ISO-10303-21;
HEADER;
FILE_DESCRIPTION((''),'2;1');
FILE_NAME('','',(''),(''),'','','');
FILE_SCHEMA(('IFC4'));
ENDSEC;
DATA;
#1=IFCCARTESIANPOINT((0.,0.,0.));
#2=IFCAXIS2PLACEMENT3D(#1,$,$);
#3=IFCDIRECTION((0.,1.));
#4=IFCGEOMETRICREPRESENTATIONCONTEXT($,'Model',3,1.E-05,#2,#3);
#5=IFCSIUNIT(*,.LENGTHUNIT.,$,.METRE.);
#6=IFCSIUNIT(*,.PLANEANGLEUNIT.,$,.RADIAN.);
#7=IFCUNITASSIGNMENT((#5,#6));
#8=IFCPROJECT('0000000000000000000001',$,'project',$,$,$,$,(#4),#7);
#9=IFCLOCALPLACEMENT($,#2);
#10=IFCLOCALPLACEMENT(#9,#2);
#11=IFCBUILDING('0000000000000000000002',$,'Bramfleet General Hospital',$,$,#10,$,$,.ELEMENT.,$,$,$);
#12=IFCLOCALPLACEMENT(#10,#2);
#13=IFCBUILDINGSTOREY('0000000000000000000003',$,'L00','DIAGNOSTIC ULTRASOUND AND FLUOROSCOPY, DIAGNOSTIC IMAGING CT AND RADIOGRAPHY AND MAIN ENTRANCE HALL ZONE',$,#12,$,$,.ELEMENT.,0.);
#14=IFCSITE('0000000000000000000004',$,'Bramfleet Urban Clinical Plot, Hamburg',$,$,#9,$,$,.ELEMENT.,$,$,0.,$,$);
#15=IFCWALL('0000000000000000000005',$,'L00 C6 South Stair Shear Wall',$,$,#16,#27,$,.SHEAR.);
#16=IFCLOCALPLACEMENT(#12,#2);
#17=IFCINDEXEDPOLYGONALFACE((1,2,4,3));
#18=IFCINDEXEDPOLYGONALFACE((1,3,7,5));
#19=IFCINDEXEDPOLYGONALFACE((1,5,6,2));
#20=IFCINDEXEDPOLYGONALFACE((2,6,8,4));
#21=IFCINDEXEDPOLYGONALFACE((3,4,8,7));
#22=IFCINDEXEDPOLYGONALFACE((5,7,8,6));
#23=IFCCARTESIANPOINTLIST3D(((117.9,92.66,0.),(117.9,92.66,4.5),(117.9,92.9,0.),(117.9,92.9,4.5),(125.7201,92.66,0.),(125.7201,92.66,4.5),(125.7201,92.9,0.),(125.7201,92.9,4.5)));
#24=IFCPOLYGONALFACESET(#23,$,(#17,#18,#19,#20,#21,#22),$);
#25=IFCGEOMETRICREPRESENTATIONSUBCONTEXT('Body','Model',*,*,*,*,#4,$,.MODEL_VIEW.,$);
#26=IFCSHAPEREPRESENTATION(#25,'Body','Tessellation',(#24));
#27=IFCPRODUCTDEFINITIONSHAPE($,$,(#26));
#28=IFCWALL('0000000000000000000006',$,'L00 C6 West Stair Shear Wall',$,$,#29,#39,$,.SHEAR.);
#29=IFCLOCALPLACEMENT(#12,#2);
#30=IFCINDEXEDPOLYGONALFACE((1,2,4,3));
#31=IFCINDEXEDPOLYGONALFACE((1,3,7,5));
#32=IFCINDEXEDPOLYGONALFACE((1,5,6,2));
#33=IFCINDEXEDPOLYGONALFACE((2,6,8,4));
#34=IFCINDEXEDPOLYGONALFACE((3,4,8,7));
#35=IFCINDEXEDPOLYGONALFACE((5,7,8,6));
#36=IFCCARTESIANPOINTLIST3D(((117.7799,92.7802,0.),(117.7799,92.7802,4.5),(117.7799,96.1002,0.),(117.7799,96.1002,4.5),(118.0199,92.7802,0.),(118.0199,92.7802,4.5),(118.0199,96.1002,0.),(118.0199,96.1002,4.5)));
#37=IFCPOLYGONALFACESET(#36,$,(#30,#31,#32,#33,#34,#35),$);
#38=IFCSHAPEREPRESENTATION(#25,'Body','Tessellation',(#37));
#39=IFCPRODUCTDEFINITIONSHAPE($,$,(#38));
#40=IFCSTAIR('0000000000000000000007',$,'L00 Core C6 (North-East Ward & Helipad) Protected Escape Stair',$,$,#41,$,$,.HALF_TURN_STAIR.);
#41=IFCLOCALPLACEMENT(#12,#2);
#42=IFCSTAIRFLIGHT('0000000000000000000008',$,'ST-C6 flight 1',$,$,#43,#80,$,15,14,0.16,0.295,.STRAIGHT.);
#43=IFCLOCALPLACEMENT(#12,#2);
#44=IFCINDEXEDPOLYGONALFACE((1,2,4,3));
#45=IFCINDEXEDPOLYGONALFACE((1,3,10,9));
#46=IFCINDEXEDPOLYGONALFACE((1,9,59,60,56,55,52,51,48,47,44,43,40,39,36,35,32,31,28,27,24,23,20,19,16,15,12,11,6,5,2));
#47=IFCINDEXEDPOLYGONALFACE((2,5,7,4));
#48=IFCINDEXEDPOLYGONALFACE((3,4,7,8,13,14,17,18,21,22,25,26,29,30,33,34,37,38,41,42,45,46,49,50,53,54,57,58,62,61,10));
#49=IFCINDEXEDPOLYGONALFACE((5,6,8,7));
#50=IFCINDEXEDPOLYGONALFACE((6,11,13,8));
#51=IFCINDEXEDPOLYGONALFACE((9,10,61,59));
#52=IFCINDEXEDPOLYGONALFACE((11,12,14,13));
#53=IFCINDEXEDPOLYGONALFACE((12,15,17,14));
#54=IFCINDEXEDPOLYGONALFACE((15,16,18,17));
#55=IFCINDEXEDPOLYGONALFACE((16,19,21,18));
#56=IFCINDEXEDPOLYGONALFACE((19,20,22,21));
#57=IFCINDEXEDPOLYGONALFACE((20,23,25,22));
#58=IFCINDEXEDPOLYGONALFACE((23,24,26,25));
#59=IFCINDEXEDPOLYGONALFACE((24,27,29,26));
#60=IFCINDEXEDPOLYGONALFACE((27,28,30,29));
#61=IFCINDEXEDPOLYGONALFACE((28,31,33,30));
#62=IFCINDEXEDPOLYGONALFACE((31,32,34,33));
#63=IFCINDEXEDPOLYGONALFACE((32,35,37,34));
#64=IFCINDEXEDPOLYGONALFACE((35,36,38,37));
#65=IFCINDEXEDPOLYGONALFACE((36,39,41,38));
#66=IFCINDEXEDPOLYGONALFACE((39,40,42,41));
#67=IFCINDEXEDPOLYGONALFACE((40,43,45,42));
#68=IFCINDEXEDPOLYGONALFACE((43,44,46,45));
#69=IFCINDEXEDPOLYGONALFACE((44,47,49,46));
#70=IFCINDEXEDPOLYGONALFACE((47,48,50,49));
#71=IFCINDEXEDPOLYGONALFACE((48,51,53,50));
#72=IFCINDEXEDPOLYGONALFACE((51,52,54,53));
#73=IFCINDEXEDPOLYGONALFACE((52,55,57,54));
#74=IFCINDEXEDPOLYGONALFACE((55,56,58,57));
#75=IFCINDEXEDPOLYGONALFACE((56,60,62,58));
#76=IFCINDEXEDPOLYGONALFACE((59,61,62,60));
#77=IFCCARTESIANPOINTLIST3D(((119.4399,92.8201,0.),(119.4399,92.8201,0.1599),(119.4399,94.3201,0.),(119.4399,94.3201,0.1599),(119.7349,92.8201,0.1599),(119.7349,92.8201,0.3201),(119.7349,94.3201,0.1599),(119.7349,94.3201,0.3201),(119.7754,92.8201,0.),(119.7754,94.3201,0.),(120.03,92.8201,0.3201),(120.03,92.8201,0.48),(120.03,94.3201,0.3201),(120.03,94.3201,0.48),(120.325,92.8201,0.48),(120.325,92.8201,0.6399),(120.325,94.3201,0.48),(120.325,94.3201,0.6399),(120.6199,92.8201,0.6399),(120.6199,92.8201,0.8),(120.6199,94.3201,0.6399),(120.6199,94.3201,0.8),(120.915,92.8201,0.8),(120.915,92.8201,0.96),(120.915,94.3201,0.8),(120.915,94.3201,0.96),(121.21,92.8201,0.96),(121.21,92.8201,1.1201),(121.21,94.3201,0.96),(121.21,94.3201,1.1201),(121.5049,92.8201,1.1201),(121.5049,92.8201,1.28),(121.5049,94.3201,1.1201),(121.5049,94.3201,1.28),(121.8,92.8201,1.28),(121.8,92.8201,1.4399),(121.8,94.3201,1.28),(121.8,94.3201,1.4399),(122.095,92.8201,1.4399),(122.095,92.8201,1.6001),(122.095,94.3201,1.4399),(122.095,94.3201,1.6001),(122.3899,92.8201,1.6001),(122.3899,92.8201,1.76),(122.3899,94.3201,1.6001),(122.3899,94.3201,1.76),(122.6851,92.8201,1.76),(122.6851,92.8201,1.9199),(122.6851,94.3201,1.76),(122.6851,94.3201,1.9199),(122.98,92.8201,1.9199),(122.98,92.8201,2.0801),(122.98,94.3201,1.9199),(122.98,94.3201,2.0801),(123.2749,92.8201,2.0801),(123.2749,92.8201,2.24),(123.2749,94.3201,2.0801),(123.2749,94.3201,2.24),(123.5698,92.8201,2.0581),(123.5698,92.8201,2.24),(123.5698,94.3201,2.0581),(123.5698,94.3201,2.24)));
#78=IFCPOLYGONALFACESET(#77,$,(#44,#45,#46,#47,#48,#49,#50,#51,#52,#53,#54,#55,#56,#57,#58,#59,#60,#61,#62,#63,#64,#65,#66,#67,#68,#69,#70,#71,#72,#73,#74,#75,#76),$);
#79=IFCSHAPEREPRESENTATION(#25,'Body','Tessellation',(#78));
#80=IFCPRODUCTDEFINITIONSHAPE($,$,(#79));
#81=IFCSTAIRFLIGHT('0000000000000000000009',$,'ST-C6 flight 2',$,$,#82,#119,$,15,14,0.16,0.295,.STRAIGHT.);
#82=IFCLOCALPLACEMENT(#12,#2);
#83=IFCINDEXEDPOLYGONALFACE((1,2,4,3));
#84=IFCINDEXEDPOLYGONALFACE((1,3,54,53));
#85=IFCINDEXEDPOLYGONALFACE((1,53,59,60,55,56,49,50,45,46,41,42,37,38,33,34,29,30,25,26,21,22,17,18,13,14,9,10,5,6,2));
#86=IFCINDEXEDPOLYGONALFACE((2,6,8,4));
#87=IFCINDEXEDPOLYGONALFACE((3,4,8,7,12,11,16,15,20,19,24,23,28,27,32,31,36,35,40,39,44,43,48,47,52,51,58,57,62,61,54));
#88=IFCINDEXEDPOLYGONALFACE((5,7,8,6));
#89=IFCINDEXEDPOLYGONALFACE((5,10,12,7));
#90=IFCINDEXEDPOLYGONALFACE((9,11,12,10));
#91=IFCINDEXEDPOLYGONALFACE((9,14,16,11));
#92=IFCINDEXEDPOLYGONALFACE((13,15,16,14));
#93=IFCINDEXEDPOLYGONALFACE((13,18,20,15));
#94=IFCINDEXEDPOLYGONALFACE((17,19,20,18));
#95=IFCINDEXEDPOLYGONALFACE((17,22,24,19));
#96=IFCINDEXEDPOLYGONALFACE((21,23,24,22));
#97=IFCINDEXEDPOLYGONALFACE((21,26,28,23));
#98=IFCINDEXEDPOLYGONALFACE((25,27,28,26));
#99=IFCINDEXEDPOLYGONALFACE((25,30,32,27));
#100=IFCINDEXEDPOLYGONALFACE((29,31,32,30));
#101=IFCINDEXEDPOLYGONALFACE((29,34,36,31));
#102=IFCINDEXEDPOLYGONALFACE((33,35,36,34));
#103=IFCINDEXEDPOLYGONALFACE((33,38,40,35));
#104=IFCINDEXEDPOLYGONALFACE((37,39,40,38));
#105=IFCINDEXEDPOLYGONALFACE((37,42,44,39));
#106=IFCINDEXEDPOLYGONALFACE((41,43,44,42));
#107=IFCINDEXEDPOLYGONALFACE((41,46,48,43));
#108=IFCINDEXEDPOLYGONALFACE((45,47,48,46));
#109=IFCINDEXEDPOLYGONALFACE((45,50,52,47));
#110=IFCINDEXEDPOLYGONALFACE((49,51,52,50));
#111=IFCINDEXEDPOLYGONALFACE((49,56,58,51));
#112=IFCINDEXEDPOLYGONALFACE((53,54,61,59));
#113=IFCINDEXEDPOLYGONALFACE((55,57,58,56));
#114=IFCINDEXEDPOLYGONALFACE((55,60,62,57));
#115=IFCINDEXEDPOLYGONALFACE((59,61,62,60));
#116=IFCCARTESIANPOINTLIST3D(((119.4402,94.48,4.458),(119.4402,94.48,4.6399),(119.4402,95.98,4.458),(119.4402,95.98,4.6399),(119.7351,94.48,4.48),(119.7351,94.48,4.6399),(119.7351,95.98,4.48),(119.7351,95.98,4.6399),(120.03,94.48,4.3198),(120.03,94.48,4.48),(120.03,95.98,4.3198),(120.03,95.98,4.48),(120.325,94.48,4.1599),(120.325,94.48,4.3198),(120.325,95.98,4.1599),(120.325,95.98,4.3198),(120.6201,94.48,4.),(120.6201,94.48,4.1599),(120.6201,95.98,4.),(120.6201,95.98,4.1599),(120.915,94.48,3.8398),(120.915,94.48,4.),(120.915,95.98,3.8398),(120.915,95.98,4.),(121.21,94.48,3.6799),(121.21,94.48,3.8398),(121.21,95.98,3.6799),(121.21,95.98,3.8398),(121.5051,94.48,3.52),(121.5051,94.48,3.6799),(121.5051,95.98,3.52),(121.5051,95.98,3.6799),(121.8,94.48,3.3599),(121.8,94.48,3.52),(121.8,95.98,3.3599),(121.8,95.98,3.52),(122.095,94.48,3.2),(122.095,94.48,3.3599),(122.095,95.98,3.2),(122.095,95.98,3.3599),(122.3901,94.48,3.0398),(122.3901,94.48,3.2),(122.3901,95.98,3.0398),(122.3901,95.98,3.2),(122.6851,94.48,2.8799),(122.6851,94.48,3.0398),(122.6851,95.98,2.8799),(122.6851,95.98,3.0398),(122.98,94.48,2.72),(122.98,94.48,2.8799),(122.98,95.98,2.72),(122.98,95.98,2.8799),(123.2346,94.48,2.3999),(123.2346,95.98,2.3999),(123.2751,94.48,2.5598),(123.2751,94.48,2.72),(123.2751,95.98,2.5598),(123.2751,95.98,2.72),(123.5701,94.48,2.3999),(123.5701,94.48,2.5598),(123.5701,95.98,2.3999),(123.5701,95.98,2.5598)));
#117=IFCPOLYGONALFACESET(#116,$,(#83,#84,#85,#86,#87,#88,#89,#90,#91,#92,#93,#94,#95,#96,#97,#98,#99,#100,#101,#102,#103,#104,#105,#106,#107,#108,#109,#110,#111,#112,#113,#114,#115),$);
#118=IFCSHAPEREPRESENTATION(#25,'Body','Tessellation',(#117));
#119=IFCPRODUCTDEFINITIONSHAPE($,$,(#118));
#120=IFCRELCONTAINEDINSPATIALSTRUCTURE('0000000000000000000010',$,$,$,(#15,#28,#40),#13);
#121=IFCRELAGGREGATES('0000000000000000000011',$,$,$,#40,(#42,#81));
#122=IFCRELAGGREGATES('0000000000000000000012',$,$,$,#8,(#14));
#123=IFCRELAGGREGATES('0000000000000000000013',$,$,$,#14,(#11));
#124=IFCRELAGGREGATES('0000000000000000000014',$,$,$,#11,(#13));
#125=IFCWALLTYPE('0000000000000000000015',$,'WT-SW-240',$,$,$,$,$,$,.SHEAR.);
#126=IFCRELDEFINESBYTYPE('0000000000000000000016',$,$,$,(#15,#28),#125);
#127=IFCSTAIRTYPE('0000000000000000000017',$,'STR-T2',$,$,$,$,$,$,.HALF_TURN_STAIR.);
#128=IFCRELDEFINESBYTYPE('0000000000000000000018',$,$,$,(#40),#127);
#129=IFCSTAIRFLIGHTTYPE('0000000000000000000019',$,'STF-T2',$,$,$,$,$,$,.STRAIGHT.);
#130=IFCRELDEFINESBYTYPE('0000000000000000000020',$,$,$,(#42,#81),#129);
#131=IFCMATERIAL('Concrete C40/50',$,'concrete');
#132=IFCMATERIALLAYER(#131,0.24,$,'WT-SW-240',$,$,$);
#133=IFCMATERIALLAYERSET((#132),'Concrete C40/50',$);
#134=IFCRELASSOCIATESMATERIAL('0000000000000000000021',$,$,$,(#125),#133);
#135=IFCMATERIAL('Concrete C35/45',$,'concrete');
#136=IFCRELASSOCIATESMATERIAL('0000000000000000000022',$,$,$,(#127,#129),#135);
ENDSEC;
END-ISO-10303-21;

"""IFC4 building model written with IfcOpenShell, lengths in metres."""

from ifc_helpers import new_model, si_unit, direction, frame, frame_2d, origin, place, context, subcontext, project, spatial, polyline, rectangle, outline, extrude, material, layer, layer_set, type_object, element, aggregate, save


model = new_model("IFC4")

# Units and contexts
model_context = context("Model", 3, precision=1e-05, world=origin(), true_north=direction((0.0, 1.0)))
body_context = subcontext(model_context, "Body", "Model", "MODEL_VIEW")
ifc_project = project(units=[si_unit("LENGTHUNIT", "METRE"), si_unit("PLANEANGLEUNIT", "RADIAN")], contexts=[model_context])

# Site, building, storey
site_placement = place(None, origin())
site = spatial("IfcSite", under=ifc_project, at=site_placement, Name="Bramfleet Urban Clinical Plot, Hamburg", CompositionType="ELEMENT", RefElevation=0.0)
building_placement = place(site_placement, origin())
building = spatial("IfcBuilding", under=site, at=building_placement, Name="Bramfleet General Hospital", CompositionType="ELEMENT")
storey_placement = place(building_placement, origin())
storey = spatial("IfcBuildingStorey", under=building, at=storey_placement, Name="L00", Description="DIAGNOSTIC ULTRASOUND AND FLUOROSCOPY, DIAGNOSTIC IMAGING CT AND RADIOGRAPHY AND MAIN ENTRANCE HALL ZONE", CompositionType="ELEMENT", Elevation=0.0)

# Shared definitions
ifc_material_1 = material(Name="Concrete C40/50", Category="concrete")

# Shared definitions
ifc_material_2 = material(Name="Concrete C35/45", Category="concrete")

# Walls
ifc_layer_1 = layer(ifc_material_1, 0.24, Name="WT-SW-240")
ifc_layer_set_1 = layer_set([ifc_layer_1], Name="Concrete C40/50")
wall_type_1 = type_object("IfcWallType", Name="WT-SW-240", PredefinedType="SHEAR", material=ifc_layer_set_1)
wall_1_placement = place(storey_placement, frame((117.8999, 92.78, 0.0), z_axis=(0.0, 0.0, 1.0), x_axis=(1.0, 0.0, 0.0)))
element("IfcWall", 1, at=wall_1_placement, inside=storey, type_object=wall_type_1, Name="L00 C6 South Stair Shear Wall", PredefinedType="SHEAR", context=body_context, shape_type="SweptSolid", body=[
    extrude(rectangle(XDim=7.8201, YDim=0.24, at=frame_2d((3.9102, 0.0))), origin(), (0.0, 0.0, 1.0), 4.5),
])
wall_2_placement = place(storey_placement, frame((117.8999, 92.78, 0.0), z_axis=(0.0, 0.0, 1.0), x_axis=(0.0, 1.0, 0.0)))
element("IfcWall", 2, at=wall_2_placement, inside=storey, type_object=wall_type_1, Name="L00 C6 West Stair Shear Wall", PredefinedType="SHEAR", context=body_context, shape_type="SweptSolid", body=[
    extrude(rectangle(XDim=3.3201, YDim=0.24, at=frame_2d((1.6602, 0.0))), origin(), (0.0, 0.0, 1.0), 4.5),
])

# Stair, stair flights
stair_type = type_object("IfcStairType", Name="STR-T2", PredefinedType="HALF_TURN_STAIR", material=ifc_material_2)
stair_placement = place(storey_placement, origin())
stair = element("IfcStair", 3, at=stair_placement, inside=storey, type_object=stair_type, Name="L00 Core C6 (North-East Ward & Helipad) Protected Escape Stair", PredefinedType="HALF_TURN_STAIR")
stair_flight_type = type_object("IfcStairFlightType", Name="STF-T2", PredefinedType="STRAIGHT", material=ifc_material_2)
stair_flight_1_placement = place(storey_placement, frame((119.4399, 93.5701, 0.0), z_axis=(0.0, 0.0, 1.0), x_axis=(1.0, 0.0, 0.0)))
stair_flight_1 = element("IfcStairFlight", 4, at=stair_flight_1_placement, type_object=stair_flight_type, Name="ST-C6 flight 1", NumberOfRisers=15, NumberOfTreads=14, PredefinedType="STRAIGHT", RiserHeight=0.16, TreadLength=0.295, context=body_context, shape_type="SweptSolid", body=[
    extrude(outline(polyline([(0.0, 0.0), (0.0, 0.1599), (0.2949, 0.1599), (0.2949, 0.3201), (0.5901, 0.3201), (0.5901, 0.48), (0.885, 0.48), (0.885, 0.6399), (1.1799, 0.6399), (1.1799, 0.8), (1.4751, 0.8), (1.4751, 0.96), (1.77, 0.96), (1.77, 1.1201), (2.0649, 1.1201), (2.0649, 1.28), (2.3601, 1.28), (2.3601, 1.4399), (2.655, 1.4399), (2.655, 1.6001), (2.95, 1.6001), (2.95, 1.76), (3.2451, 1.76), (3.2451, 1.9199), (3.54, 1.9199), (3.54, 2.0801), (3.835, 2.0801), (3.835, 2.24), (4.1299, 2.24), (4.1299, 2.3999), (4.1299, 2.0581), (0.3354, 0.0), (0.0, 0.0)])), frame((0.0, 0.75, 0.0), z_axis=(0.0, -1.0, 0.0), x_axis=(1.0, 0.0, 0.0)), (0.0, 0.0, 1.0), 1.5),
])
stair_flight_2_placement = place(storey_placement, frame((123.5701, 95.23, 2.3999), z_axis=(0.0, 0.0, 1.0), x_axis=(-1.0, 0.0, 0.0)))
stair_flight_2 = element("IfcStairFlight", 5, at=stair_flight_2_placement, type_object=stair_flight_type, Name="ST-C6 flight 2", NumberOfRisers=15, NumberOfTreads=14, PredefinedType="STRAIGHT", RiserHeight=0.16, TreadLength=0.295, context=body_context, shape_type="SweptSolid", body=[
    extrude(outline(polyline([(0.0, 0.0), (0.0, 0.1599), (0.2949, 0.1599), (0.2949, 0.3201), (0.5901, 0.3201), (0.5901, 0.48), (0.885, 0.48), (0.885, 0.6399), (1.1799, 0.6399), (1.1799, 0.8), (1.4751, 0.8), (1.4751, 0.96), (1.77, 0.96), (1.77, 1.1201), (2.0649, 1.1201), (2.0649, 1.28), (2.3601, 1.28), (2.3601, 1.4399), (2.655, 1.4399), (2.655, 1.6001), (2.95, 1.6001), (2.95, 1.76), (3.2451, 1.76), (3.2451, 1.9199), (3.54, 1.9199), (3.54, 2.0801), (3.835, 2.0801), (3.835, 2.24), (4.1299, 2.24), (4.1299, 2.3999), (4.1299, 2.0581), (0.3354, 0.0), (0.0, 0.0)])), frame((0.0, 0.75, 0.0), z_axis=(0.0, -1.0, 0.0), x_axis=(1.0, 0.0, 0.0)), (0.0, 0.0, 1.0), 1.5),
])
aggregate(stair, [stair_flight_1, stair_flight_2])

save(model, "model.ifc")
